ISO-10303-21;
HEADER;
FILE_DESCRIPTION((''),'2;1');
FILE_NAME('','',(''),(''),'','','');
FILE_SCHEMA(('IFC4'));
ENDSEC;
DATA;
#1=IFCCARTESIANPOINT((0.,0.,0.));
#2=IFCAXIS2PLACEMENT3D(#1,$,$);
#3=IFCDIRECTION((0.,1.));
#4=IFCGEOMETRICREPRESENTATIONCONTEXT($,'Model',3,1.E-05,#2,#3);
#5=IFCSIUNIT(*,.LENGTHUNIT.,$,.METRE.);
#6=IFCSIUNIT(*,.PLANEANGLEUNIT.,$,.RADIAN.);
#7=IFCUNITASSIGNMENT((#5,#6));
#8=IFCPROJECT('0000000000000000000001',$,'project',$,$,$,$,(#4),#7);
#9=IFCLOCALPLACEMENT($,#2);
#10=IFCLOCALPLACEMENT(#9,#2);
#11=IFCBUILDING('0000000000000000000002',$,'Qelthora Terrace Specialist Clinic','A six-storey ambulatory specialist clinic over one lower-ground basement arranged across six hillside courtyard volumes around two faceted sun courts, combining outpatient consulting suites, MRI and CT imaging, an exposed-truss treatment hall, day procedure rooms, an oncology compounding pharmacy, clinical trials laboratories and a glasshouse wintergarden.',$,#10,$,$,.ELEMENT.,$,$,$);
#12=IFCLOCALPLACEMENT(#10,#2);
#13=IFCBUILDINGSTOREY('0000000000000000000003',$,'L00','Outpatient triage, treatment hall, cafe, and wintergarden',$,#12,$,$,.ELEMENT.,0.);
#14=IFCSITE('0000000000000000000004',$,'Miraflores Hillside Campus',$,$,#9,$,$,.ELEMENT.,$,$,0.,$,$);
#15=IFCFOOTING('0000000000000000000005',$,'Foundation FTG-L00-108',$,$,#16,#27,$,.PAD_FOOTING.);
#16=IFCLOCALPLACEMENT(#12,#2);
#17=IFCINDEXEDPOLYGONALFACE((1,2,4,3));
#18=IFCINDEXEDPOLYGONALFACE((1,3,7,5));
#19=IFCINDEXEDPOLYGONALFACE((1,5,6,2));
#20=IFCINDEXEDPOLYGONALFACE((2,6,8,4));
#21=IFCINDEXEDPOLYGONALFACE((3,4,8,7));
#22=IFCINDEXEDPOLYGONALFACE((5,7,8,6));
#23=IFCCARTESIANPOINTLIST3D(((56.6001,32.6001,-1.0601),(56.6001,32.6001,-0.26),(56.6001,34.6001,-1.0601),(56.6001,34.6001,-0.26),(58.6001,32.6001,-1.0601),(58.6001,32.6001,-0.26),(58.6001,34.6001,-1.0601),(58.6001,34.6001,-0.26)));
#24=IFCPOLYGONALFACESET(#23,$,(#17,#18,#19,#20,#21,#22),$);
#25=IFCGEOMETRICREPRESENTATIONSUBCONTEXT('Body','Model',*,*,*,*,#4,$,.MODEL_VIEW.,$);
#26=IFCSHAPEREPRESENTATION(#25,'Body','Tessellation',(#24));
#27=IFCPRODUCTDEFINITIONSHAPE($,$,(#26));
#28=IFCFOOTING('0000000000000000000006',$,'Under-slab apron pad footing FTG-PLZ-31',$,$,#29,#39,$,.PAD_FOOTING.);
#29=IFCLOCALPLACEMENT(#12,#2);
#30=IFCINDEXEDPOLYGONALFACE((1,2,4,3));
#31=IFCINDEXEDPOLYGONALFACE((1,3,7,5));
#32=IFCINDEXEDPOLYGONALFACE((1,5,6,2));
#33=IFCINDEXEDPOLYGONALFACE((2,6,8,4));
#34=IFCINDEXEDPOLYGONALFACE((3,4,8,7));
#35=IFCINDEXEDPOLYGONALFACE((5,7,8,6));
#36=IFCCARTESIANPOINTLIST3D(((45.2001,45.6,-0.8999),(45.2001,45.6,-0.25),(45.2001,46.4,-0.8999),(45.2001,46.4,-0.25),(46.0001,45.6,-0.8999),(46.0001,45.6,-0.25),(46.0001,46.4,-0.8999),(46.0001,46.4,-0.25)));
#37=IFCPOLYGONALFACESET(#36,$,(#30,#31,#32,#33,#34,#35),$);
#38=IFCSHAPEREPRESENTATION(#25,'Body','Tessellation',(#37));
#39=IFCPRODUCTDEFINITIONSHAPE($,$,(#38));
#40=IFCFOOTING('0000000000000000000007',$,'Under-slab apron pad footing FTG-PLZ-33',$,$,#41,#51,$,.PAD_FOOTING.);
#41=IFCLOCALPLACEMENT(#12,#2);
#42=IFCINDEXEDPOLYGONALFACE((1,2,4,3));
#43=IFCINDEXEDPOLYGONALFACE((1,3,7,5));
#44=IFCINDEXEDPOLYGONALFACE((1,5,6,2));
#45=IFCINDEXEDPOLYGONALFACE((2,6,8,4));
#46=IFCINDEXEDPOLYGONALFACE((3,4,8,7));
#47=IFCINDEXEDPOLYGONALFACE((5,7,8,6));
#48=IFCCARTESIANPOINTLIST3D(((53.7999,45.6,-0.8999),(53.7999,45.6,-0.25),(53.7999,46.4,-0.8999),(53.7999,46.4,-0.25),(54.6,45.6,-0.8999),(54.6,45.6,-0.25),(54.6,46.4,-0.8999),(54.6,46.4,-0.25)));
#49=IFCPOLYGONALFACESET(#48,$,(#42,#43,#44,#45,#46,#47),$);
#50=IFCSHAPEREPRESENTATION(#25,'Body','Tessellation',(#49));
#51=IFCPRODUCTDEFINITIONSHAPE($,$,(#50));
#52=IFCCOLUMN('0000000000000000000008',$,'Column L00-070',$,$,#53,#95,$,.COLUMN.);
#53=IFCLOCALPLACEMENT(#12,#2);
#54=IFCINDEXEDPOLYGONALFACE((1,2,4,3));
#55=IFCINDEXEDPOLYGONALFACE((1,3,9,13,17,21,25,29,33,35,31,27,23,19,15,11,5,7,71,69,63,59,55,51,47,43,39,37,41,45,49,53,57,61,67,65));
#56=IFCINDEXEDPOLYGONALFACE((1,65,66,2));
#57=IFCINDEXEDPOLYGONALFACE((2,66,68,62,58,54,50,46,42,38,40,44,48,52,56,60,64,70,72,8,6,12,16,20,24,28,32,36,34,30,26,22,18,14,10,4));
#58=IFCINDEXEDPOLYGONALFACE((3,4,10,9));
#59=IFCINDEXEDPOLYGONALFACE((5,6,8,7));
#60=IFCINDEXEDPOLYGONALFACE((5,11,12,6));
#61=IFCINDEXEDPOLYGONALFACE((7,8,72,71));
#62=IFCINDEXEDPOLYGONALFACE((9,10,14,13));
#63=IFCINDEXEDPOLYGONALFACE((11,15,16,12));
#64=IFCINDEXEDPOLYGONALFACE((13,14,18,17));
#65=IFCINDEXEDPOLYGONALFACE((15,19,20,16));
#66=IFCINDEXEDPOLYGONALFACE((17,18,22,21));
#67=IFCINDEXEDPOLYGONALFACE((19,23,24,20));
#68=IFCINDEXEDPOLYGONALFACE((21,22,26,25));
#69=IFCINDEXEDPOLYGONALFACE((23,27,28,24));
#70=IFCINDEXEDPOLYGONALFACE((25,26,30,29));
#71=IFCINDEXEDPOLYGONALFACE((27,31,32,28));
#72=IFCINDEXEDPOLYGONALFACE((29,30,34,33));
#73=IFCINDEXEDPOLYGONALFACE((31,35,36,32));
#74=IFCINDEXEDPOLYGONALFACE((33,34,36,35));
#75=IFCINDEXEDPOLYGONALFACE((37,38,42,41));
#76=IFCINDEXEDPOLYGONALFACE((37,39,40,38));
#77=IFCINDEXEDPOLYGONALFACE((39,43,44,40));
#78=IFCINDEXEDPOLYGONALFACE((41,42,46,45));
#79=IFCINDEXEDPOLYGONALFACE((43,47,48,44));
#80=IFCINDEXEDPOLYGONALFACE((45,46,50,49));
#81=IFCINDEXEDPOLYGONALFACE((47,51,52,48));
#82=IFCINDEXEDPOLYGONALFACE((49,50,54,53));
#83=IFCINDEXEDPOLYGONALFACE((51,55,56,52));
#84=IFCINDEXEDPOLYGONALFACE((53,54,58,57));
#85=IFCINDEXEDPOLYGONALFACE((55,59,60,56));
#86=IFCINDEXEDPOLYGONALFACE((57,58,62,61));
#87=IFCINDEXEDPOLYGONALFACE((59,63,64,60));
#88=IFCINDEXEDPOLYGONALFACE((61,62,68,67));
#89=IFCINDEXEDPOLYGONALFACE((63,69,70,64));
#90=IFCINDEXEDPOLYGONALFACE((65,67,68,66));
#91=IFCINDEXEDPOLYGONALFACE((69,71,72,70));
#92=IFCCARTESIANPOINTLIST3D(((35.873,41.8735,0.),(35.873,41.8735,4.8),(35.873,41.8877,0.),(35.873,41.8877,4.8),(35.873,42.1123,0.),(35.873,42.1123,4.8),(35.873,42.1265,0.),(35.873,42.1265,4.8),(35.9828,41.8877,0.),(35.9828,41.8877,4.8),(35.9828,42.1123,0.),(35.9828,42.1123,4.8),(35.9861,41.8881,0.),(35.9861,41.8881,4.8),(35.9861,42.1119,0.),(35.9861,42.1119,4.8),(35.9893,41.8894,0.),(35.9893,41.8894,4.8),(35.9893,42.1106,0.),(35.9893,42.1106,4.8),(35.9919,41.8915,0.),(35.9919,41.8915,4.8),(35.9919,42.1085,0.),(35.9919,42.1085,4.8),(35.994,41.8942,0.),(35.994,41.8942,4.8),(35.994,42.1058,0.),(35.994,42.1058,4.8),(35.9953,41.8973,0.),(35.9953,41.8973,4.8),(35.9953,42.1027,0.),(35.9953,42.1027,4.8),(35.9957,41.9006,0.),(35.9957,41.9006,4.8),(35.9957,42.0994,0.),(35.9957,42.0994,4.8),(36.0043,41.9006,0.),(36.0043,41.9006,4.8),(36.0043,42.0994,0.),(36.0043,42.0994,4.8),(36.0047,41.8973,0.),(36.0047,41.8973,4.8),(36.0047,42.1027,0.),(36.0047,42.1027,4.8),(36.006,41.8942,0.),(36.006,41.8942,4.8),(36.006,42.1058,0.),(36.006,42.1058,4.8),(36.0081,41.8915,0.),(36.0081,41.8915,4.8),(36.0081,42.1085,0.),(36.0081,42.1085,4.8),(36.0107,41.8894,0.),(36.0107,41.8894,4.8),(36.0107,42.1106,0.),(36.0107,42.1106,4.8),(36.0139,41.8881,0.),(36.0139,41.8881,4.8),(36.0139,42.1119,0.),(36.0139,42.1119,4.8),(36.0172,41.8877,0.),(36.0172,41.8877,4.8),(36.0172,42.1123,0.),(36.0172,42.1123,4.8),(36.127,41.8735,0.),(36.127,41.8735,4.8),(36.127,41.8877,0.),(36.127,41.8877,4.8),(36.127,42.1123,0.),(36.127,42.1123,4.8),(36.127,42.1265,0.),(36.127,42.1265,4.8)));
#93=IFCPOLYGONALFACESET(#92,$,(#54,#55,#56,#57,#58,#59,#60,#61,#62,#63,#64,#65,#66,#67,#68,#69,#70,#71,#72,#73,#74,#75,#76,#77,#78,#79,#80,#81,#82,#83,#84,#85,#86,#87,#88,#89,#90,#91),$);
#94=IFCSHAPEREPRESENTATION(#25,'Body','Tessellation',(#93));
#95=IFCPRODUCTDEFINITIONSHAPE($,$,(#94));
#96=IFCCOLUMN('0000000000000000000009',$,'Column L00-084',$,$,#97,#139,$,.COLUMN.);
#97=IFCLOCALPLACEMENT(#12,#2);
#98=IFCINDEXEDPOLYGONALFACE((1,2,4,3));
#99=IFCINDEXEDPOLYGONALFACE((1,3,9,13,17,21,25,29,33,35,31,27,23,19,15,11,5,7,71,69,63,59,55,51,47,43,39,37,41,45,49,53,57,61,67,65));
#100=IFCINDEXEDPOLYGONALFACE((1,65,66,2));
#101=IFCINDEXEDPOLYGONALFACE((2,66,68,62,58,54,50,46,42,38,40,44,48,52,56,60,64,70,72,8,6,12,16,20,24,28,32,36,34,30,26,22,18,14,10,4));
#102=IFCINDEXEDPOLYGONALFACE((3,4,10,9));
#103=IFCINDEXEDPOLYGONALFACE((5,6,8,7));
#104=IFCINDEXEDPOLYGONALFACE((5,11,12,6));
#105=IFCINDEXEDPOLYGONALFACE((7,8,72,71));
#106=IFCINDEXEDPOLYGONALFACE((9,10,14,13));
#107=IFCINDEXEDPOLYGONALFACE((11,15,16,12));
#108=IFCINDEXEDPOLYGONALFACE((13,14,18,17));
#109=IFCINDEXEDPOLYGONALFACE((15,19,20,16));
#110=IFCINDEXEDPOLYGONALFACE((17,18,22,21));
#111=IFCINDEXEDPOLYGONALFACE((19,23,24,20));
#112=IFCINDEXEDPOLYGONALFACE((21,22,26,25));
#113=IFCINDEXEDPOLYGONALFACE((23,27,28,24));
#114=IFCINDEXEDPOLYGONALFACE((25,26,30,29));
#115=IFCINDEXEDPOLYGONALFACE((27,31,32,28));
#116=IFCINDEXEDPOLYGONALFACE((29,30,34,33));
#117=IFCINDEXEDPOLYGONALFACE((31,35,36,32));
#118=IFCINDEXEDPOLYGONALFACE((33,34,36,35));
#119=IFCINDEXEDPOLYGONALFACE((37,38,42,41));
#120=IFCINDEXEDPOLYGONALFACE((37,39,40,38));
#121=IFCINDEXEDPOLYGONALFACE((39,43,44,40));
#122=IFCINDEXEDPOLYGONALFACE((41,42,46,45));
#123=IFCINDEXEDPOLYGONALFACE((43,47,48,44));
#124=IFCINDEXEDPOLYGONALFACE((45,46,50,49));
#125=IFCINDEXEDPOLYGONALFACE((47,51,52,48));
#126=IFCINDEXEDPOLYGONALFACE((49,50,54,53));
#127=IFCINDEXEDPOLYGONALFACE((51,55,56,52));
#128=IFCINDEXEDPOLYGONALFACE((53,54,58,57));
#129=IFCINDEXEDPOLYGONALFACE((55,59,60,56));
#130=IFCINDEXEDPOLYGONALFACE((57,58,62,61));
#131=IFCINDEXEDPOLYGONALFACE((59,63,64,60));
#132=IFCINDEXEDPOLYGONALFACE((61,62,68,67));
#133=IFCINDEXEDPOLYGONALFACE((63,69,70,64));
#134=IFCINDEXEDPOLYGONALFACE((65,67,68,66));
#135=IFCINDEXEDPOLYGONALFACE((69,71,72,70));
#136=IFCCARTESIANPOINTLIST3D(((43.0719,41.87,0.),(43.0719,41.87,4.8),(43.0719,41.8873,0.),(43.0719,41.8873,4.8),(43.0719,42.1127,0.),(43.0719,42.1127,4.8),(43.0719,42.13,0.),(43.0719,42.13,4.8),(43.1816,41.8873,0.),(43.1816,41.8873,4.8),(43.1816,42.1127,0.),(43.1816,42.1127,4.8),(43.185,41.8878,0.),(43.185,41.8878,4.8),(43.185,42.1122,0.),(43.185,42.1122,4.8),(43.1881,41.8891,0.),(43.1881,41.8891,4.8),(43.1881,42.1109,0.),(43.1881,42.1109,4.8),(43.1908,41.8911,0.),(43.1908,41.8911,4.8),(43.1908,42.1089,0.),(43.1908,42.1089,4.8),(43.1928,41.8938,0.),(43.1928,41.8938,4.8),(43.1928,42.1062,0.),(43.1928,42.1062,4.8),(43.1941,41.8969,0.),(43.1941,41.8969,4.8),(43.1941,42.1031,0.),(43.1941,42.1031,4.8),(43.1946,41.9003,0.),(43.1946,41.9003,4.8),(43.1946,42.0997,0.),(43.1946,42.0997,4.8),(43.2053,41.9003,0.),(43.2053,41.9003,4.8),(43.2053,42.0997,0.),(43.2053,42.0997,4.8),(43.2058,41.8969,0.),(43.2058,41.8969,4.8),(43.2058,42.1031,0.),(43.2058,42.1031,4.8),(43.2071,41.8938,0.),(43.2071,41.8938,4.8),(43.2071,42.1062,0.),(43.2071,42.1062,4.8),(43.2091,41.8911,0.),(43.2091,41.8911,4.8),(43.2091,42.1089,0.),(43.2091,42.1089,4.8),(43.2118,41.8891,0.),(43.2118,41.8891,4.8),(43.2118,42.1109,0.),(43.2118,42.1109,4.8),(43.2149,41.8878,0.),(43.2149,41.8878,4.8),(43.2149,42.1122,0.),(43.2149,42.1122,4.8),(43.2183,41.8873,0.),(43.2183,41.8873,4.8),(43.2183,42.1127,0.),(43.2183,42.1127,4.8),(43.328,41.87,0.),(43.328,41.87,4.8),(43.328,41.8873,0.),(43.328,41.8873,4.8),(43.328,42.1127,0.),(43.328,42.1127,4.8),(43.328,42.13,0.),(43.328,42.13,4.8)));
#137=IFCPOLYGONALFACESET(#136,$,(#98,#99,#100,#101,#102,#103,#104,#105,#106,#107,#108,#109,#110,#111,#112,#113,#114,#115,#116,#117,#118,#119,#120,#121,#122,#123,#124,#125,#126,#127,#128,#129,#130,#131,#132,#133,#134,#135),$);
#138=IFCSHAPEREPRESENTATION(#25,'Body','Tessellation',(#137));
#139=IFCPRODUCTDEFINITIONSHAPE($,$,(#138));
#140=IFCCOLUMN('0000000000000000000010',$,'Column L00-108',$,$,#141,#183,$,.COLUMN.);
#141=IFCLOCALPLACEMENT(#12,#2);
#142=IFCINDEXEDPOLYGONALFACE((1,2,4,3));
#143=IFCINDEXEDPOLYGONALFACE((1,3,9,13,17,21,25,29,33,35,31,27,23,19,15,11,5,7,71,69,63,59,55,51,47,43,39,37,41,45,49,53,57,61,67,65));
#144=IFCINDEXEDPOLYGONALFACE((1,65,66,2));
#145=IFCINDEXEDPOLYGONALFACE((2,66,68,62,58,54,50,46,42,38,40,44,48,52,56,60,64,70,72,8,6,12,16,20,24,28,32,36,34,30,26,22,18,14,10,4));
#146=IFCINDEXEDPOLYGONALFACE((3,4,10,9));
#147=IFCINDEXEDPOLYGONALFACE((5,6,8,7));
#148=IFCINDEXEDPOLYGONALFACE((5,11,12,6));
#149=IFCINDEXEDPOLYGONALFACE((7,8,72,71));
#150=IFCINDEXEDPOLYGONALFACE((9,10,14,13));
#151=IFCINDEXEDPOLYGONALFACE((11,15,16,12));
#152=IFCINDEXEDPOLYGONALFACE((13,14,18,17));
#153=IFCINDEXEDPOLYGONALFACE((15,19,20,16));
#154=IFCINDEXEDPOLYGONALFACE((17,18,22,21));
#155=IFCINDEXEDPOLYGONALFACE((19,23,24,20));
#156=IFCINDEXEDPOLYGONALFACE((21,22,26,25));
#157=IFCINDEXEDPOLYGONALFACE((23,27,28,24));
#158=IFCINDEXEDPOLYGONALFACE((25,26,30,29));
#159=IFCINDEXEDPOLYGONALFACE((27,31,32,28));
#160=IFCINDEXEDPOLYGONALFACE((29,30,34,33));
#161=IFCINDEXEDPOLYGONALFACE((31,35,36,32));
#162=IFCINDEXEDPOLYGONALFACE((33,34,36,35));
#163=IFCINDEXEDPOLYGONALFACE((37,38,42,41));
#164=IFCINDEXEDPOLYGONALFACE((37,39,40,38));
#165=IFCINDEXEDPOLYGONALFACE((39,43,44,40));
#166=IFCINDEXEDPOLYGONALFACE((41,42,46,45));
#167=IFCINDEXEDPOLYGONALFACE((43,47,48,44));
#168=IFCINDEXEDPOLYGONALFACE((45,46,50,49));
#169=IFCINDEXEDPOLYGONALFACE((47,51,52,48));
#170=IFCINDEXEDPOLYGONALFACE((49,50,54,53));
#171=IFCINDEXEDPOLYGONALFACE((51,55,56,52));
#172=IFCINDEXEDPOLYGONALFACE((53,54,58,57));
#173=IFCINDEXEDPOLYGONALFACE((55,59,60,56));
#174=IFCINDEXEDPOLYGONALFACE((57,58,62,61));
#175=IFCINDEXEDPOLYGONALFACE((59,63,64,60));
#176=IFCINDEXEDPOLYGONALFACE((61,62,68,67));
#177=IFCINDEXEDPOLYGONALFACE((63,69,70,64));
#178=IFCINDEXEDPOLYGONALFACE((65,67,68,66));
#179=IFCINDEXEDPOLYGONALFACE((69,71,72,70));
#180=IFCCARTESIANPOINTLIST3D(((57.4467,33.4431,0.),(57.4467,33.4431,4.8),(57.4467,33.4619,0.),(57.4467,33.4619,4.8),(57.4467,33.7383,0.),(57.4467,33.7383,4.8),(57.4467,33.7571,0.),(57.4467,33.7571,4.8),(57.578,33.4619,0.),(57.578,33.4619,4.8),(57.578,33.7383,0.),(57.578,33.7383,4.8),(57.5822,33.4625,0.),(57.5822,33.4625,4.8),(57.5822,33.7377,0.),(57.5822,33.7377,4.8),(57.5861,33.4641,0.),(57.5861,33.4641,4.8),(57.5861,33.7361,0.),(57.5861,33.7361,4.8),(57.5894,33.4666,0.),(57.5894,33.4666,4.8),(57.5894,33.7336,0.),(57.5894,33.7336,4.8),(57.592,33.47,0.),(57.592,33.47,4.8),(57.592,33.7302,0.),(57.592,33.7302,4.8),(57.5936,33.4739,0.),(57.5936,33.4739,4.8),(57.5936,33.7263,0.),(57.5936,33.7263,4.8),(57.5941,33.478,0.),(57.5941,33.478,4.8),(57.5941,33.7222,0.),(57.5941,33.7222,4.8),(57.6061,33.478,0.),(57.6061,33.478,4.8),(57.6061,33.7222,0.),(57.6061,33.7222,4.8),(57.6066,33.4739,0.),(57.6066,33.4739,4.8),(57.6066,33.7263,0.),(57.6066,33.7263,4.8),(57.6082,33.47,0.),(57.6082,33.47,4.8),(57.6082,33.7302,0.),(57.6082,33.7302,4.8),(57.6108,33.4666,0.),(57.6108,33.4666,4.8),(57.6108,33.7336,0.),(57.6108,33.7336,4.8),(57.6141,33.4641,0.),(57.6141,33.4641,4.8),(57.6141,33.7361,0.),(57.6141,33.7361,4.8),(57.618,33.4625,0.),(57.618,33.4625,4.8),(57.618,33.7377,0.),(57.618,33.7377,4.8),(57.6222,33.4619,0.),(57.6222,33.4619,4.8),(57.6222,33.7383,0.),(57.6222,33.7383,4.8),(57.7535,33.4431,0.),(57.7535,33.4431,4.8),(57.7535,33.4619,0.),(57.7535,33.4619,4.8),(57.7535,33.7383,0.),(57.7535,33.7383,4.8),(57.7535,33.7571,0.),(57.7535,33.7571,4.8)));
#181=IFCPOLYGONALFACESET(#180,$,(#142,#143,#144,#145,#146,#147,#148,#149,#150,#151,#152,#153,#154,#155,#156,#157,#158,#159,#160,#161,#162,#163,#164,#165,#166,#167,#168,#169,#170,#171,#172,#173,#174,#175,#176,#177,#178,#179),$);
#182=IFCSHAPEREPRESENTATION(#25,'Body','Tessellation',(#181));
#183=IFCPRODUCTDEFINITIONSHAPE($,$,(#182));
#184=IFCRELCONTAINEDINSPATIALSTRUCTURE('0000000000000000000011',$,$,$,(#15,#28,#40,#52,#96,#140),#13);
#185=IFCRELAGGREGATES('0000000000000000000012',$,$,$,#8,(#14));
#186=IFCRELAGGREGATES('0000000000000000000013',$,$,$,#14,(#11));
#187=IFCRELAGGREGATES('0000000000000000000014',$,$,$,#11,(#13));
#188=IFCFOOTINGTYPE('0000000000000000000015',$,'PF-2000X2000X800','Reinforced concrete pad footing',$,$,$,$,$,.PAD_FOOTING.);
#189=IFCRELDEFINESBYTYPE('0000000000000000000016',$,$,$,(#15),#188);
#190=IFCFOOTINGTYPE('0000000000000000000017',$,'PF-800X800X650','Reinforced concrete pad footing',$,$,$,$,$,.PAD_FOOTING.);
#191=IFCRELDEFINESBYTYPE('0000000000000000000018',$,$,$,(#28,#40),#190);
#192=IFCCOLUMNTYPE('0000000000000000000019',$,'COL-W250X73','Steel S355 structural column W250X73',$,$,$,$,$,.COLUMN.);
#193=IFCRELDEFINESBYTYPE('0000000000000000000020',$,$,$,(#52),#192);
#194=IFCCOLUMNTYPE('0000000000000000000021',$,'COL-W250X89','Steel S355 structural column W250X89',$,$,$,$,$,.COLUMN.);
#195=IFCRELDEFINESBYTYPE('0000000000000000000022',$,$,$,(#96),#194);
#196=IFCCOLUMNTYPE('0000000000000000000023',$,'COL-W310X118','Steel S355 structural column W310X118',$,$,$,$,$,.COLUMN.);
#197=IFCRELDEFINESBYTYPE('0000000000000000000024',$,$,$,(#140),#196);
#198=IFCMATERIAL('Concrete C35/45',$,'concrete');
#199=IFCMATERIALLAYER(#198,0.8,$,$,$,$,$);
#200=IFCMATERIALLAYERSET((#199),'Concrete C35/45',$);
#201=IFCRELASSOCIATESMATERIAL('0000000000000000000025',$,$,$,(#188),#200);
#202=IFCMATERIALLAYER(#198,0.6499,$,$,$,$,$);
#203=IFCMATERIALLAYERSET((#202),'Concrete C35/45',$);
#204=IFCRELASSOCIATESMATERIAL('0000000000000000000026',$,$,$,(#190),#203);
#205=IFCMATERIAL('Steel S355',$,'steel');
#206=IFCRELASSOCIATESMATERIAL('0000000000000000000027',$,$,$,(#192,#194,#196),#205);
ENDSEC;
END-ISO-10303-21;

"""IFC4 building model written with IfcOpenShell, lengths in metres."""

from ifc_helpers import new_model, si_unit, direction, frame, origin, origin_2d, place, context, subcontext, project, spatial, rectangle, i_section, extrude, material, layer, layer_set, material_profile, profile_set, type_object, element, save


model = new_model("IFC4")

# Units and contexts
model_context = context("Model", 3, precision=1e-05, world=origin(), true_north=direction((0.0, 1.0)))
body_context = subcontext(model_context, "Body", "Model", "MODEL_VIEW")
ifc_project = project(units=[si_unit("LENGTHUNIT", "METRE"), si_unit("PLANEANGLEUNIT", "RADIAN")], contexts=[model_context])

# Site, building, storey
site_placement = place(None, origin())
site = spatial("IfcSite", under=ifc_project, at=site_placement, Name="Miraflores Hillside Campus", CompositionType="ELEMENT", RefElevation=0.0)
building_placement = place(site_placement, origin())
building = spatial("IfcBuilding", under=site, at=building_placement, Name="Qelthora Terrace Specialist Clinic", Description="A six-storey ambulatory specialist clinic over one lower-ground basement arranged across six hillside courtyard volumes around two faceted sun courts, combining outpatient consulting suites, MRI and CT imaging, an exposed-truss treatment hall, day procedure rooms, an oncology compounding pharmacy, clinical trials laboratories and a glasshouse wintergarden.", CompositionType="ELEMENT")
storey_placement = place(building_placement, origin())
storey = spatial("IfcBuildingStorey", under=building, at=storey_placement, Name="L00", Description="Outpatient triage, treatment hall, cafe, and wintergarden", CompositionType="ELEMENT", Elevation=0.0)

# Footings
ifc_material_1 = material(Name="Concrete C35/45", Category="concrete")
ifc_layer_1 = layer(ifc_material_1, 0.8)
ifc_layer_set_1 = layer_set([ifc_layer_1], Name="Concrete C35/45")
footing_type_1 = type_object("IfcFootingType", Name="PF-2000X2000X800", Description="Reinforced concrete pad footing", PredefinedType="PAD_FOOTING", material=ifc_layer_set_1)
footing_placement = place(storey_placement, frame((57.6001, 33.6001, -1.0601), z_axis=(0.0, 0.0, 1.0), x_axis=(1.0, 0.0, 0.0)))
element("IfcFooting", 1, at=footing_placement, inside=storey, type_object=footing_type_1, Name="Foundation FTG-L00-108", PredefinedType="PAD_FOOTING", context=body_context, shape_type="SweptSolid", body=[
    extrude(rectangle(XDim=2.0, YDim=2.0, at=origin_2d()), origin(), (0.0, 0.0, 1.0), 0.8),
])
ifc_layer_2 = layer(ifc_material_1, 0.6499)
ifc_layer_set_2 = layer_set([ifc_layer_2], Name="Concrete C35/45")
footing_type_2 = type_object("IfcFootingType", Name="PF-800X800X650", Description="Reinforced concrete pad footing", PredefinedType="PAD_FOOTING", material=ifc_layer_set_2)
for number, where, z_axis, x_axis, name in (
    (2, (45.6001, 46.0, -0.8999), (0.0, 0.0, 1.0), (1.0, 0.0, 0.0), "Under-slab apron pad footing FTG-PLZ-31"),
    (3, (54.2, 46.0, -0.8999), (0.0, 0.0, 1.0), (1.0, 0.0, 0.0), "Under-slab apron pad footing FTG-PLZ-33"),
):
    element("IfcFooting", number, at=place(storey_placement, frame(where, z_axis=z_axis, x_axis=x_axis)), inside=storey, type_object=footing_type_2, Name=name, PredefinedType="PAD_FOOTING", context=body_context, shape_type="SweptSolid", body=[
        extrude(rectangle(XDim=0.8, YDim=0.8, at=origin_2d()), origin(), (0.0, 0.0, 1.0), 0.6499),
    ])

# Columns
ifc_material_2 = material(Name="Steel S355", Category="steel")
ifc_material_profile_1 = material_profile(ifc_material_2, i_section(OverallWidth=0.2539, OverallDepth=0.2529, WebThickness=0.0085, FlangeThickness=0.0142, FilletRadius=0.0129, at=origin_2d()), Name="W250X73")
ifc_profile_set_1 = profile_set([ifc_material_profile_1], Name="Steel S355")
column_type_1 = type_object("IfcColumnType", Name="COL-W250X73", Description="Steel S355 structural column W250X73", PredefinedType="COLUMN", material=ifc_profile_set_1)
column_1_placement = place(storey_placement, frame((36.0, 42.0, 0.0), z_axis=(0.0, 0.0, 1.0), x_axis=(1.0, 0.0, 0.0)))
element("IfcColumn", 4, at=column_1_placement, inside=storey, type_object=column_type_1, Name="Column L00-070", PredefinedType="COLUMN", context=body_context, shape_type="SweptSolid", body=[
    extrude(i_section(OverallWidth=0.2539, OverallDepth=0.2529, WebThickness=0.0085, FlangeThickness=0.0142, FilletRadius=0.0129, at=origin_2d()), origin(), (0.0, 0.0, 1.0), 4.8),
])
ifc_material_profile_2 = material_profile(ifc_material_2, i_section(OverallWidth=0.2561, OverallDepth=0.26, WebThickness=0.0107, FlangeThickness=0.0173, FilletRadius=0.0129, at=origin_2d()), Name="W250X89")
ifc_profile_set_2 = profile_set([ifc_material_profile_2], Name="Steel S355")
column_type_2 = type_object("IfcColumnType", Name="COL-W250X89", Description="Steel S355 structural column W250X89", PredefinedType="COLUMN", material=ifc_profile_set_2)
column_2_placement = place(storey_placement, frame((43.2, 42.0, 0.0), z_axis=(0.0, 0.0, 1.0), x_axis=(1.0, 0.0, 0.0)))
element("IfcColumn", 5, at=column_2_placement, inside=storey, type_object=column_type_2, Name="Column L00-084", PredefinedType="COLUMN", context=body_context, shape_type="SweptSolid", body=[
    extrude(i_section(OverallWidth=0.2561, OverallDepth=0.26, WebThickness=0.0107, FlangeThickness=0.0173, FilletRadius=0.0129, at=origin_2d()), origin(), (0.0, 0.0, 1.0), 4.8),
])
ifc_material_profile_3 = material_profile(ifc_material_2, i_section(OverallWidth=0.3069, OverallDepth=0.314, WebThickness=0.012, FlangeThickness=0.0188, FilletRadius=0.0161, at=origin_2d()), Name="W310X118")
ifc_profile_set_3 = profile_set([ifc_material_profile_3], Name="Steel S355")
column_type_3 = type_object("IfcColumnType", Name="COL-W310X118", Description="Steel S355 structural column W310X118", PredefinedType="COLUMN", material=ifc_profile_set_3)
column_3_placement = place(storey_placement, frame((57.6001, 33.6001, 0.0), z_axis=(0.0, 0.0, 1.0), x_axis=(1.0, 0.0, 0.0)))
element("IfcColumn", 6, at=column_3_placement, inside=storey, type_object=column_type_3, Name="Column L00-108", PredefinedType="COLUMN", context=body_context, shape_type="SweptSolid", body=[
    extrude(i_section(OverallWidth=0.3069, OverallDepth=0.314, WebThickness=0.012, FlangeThickness=0.0188, FilletRadius=0.0161, at=origin_2d()), origin(), (0.0, 0.0, 1.0), 4.8),
])

save(model, "model.ifc")
